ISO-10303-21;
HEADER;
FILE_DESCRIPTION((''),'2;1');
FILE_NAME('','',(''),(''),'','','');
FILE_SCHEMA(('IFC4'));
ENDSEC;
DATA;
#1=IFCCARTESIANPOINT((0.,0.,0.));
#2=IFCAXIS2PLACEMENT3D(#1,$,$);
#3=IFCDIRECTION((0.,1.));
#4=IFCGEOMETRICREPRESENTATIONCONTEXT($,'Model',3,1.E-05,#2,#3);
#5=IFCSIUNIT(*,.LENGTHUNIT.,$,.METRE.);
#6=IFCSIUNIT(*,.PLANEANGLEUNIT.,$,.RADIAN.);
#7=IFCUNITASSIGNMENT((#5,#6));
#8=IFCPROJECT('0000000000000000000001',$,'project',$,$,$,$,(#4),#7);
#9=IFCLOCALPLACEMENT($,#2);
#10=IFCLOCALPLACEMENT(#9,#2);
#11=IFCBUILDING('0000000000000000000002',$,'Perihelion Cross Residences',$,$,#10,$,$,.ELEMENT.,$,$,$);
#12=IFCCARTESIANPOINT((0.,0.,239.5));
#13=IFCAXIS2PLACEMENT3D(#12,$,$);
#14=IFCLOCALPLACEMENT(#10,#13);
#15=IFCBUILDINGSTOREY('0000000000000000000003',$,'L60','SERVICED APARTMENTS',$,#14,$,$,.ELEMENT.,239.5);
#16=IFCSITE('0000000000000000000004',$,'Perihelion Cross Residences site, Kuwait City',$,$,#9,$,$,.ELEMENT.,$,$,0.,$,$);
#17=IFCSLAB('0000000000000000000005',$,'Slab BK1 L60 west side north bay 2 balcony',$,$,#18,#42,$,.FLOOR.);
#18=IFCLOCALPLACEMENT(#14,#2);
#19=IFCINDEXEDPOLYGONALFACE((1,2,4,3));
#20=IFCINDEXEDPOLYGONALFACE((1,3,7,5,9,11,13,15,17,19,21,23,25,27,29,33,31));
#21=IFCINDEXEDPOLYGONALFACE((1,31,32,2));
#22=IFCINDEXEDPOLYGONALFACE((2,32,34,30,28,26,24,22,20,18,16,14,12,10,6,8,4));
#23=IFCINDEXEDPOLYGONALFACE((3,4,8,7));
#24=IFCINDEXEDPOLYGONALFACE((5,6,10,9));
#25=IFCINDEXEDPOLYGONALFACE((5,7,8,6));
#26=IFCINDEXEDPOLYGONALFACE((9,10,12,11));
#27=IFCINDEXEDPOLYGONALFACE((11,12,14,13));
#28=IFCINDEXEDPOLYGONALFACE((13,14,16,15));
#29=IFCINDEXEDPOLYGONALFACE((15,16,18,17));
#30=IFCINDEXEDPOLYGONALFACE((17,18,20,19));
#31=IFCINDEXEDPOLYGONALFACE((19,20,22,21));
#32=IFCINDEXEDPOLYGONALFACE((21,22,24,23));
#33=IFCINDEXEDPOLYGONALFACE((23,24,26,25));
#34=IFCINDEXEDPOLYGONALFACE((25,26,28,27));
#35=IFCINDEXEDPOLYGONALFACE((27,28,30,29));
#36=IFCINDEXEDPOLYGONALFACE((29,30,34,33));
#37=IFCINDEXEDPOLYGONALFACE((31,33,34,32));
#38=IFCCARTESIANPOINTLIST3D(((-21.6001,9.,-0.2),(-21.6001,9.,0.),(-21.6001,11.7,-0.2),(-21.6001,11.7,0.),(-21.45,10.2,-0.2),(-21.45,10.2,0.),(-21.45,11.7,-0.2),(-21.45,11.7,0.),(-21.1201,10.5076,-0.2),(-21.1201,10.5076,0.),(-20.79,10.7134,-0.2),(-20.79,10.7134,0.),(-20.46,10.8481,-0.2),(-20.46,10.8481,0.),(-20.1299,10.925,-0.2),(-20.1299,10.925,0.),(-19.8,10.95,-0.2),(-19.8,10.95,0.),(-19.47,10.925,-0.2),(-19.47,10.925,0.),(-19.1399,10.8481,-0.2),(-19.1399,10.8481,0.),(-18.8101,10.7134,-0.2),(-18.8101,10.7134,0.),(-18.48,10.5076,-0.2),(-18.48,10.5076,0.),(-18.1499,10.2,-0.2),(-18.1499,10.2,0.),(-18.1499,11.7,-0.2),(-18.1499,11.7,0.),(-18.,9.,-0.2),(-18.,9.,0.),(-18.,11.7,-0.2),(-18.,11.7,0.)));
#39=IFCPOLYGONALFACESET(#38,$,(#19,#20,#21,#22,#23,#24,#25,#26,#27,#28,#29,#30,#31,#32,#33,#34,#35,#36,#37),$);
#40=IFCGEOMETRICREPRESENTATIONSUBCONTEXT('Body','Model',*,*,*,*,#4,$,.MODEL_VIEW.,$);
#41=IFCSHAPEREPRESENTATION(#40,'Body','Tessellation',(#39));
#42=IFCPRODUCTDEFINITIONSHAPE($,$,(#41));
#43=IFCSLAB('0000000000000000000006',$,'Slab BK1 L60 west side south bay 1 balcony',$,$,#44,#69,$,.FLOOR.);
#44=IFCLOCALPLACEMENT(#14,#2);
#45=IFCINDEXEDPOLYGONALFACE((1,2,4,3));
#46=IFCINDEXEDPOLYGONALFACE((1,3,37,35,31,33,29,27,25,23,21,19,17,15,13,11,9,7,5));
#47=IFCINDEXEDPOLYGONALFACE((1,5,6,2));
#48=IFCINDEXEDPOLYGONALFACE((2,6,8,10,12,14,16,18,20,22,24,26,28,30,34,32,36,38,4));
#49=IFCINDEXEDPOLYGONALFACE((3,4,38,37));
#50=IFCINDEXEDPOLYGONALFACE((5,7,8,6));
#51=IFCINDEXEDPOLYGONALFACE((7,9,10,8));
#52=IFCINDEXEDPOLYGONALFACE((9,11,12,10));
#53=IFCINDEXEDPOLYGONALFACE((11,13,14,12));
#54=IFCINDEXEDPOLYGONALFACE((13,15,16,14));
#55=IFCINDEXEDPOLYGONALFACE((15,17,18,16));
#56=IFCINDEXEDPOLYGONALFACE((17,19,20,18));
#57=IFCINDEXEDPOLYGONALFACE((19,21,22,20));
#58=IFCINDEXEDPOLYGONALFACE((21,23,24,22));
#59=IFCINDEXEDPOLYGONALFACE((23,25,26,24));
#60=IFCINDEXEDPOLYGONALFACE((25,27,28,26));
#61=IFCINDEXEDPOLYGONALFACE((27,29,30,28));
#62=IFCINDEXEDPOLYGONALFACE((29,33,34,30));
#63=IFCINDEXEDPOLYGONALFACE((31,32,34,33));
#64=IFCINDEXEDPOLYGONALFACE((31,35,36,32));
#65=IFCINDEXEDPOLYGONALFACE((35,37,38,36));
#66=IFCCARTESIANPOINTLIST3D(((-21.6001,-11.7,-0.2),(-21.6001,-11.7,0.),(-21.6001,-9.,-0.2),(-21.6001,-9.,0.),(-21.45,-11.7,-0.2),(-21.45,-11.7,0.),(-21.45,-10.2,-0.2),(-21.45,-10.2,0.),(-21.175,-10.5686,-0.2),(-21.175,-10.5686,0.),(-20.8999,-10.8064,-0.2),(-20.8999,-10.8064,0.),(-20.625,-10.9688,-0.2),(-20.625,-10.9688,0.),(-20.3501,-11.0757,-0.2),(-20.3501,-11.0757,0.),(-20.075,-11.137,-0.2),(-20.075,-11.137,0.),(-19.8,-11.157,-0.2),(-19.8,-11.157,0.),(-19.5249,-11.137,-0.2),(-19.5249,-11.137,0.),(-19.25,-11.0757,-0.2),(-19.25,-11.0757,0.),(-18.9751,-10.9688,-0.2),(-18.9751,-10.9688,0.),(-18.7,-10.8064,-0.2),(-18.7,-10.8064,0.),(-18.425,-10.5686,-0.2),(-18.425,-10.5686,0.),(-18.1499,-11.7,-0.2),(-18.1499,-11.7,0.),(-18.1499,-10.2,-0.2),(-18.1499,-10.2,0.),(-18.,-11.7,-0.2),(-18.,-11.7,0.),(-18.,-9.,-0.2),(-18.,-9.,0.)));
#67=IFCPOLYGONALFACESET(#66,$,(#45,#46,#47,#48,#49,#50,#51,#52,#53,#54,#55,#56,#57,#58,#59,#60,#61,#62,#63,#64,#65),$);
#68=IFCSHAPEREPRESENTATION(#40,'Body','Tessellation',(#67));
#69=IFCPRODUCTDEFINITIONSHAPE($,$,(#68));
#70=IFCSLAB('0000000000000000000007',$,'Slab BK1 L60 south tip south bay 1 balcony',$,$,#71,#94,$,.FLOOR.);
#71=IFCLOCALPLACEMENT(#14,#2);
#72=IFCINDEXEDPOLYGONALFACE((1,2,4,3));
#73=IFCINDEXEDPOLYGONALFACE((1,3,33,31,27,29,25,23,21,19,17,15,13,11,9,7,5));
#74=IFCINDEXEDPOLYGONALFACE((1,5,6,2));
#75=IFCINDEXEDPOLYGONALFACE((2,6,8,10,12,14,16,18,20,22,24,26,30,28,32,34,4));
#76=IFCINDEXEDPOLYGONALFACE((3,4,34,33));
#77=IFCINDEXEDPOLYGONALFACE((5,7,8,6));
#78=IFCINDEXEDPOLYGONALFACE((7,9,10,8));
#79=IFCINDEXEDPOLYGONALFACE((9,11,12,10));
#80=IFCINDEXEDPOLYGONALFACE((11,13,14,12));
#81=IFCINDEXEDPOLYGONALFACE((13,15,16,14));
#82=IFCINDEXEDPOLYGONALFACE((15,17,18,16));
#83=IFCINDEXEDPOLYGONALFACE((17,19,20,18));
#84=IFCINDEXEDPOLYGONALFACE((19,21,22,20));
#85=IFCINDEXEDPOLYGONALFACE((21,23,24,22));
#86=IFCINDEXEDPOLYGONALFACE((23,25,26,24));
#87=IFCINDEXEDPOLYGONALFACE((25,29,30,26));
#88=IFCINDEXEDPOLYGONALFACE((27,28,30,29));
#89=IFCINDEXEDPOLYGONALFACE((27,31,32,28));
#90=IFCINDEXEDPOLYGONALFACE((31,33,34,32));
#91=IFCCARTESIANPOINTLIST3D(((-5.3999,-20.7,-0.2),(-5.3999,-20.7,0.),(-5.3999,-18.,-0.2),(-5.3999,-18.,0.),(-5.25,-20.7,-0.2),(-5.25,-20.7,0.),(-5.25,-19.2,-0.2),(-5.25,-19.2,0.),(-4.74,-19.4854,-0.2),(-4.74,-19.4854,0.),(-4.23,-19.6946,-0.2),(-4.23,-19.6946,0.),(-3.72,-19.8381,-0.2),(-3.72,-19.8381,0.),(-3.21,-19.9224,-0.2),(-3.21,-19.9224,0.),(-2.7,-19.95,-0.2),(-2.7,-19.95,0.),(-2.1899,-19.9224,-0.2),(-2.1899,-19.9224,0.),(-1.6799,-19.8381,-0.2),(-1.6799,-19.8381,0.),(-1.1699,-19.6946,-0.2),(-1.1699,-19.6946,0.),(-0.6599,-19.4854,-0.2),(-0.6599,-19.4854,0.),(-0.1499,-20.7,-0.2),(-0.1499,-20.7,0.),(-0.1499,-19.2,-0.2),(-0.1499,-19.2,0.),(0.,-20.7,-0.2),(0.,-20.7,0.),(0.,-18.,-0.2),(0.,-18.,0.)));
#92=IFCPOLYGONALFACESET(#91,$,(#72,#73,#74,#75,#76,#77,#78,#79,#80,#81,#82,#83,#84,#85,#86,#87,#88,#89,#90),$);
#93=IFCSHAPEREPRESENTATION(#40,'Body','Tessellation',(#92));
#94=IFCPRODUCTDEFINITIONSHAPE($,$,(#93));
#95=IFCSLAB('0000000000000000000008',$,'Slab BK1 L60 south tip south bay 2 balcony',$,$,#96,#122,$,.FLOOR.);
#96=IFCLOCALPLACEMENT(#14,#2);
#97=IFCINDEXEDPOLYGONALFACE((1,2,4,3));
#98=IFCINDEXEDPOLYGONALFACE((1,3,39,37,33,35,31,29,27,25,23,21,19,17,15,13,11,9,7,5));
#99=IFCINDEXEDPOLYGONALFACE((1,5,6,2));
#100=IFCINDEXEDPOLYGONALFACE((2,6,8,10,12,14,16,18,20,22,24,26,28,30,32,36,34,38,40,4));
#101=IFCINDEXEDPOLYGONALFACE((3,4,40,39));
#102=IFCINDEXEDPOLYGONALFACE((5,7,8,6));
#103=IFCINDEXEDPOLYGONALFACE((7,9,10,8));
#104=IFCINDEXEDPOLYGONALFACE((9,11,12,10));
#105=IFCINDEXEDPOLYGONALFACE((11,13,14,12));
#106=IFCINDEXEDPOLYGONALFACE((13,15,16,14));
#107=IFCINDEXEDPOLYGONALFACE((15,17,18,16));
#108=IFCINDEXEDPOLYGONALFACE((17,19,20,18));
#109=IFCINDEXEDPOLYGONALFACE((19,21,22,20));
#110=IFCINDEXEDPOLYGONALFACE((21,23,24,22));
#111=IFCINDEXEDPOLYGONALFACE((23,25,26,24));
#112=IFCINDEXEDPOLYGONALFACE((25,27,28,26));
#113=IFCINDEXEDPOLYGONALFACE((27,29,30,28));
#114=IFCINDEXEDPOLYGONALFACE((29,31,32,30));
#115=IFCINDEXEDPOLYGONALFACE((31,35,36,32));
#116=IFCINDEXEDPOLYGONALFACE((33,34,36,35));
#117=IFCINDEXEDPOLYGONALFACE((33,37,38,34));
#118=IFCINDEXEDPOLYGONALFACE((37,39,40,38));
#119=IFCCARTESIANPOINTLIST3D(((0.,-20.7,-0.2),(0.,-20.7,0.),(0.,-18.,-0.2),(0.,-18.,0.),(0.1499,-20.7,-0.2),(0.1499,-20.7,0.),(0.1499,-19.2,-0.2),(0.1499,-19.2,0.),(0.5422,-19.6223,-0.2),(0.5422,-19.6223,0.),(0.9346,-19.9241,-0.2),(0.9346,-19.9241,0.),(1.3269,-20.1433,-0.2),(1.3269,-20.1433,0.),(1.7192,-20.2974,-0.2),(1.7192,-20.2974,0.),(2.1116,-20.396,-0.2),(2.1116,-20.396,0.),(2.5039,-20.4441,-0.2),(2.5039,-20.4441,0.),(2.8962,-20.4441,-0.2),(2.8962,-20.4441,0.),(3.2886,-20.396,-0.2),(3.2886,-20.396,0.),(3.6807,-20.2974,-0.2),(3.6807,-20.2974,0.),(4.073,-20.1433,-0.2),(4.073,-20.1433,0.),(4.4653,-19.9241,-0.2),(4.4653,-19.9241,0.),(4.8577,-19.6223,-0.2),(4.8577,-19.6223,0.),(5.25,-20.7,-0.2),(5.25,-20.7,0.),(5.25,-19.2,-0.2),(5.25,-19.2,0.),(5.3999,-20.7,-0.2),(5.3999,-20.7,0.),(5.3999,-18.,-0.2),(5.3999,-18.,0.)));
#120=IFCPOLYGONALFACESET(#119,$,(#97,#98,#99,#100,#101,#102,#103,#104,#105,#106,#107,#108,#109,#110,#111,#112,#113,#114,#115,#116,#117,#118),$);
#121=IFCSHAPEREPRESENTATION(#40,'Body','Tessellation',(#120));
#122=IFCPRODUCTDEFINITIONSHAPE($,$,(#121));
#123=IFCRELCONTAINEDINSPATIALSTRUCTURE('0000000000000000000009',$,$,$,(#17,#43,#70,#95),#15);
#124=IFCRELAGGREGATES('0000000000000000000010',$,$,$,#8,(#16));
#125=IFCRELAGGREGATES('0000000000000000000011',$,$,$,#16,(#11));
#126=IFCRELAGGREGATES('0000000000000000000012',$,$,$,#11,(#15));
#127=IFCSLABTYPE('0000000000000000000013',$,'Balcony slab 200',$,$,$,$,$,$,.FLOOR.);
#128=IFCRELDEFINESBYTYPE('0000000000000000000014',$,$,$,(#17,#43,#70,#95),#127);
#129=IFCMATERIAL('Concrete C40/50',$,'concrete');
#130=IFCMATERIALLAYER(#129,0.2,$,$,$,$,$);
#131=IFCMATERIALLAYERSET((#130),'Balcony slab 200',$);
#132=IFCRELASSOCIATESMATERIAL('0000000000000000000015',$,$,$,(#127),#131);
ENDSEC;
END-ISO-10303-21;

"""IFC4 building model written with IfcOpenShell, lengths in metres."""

from ifc_helpers import new_model, si_unit, direction, frame, origin, place, context, subcontext, project, spatial, polyline, outline, extrude, material, layer, layer_set, type_object, element, save


model = new_model("IFC4")

# Units and contexts
model_context = context("Model", 3, precision=1e-05, world=origin(), true_north=direction((0.0, 1.0)))
body_context = subcontext(model_context, "Body", "Model", "MODEL_VIEW")
ifc_project = project(units=[si_unit("LENGTHUNIT", "METRE"), si_unit("PLANEANGLEUNIT", "RADIAN")], contexts=[model_context])

# Site, building, storey
site_placement = place(None, origin())
site = spatial("IfcSite", under=ifc_project, at=site_placement, Name="Perihelion Cross Residences site, Kuwait City", CompositionType="ELEMENT", RefElevation=0.0)
building_placement = place(site_placement, origin())
building = spatial("IfcBuilding", under=site, at=building_placement, Name="Perihelion Cross Residences", CompositionType="ELEMENT")
storey_placement = place(building_placement, frame((0.0, 0.0, 239.5)))
storey = spatial("IfcBuildingStorey", under=building, at=storey_placement, Name="L60", Description="SERVICED APARTMENTS", CompositionType="ELEMENT", Elevation=239.5)

# Slabs
ifc_material_1 = material(Name="Concrete C40/50", Category="concrete")
ifc_layer_1 = layer(ifc_material_1, 0.2)
ifc_layer_set_1 = layer_set([ifc_layer_1], Name="Balcony slab 200")
slab_type_1 = type_object("IfcSlabType", Name="Balcony slab 200", PredefinedType="FLOOR", material=ifc_layer_set_1)
slab_1_placement = place(storey_placement, frame((0.0, 0.0, -0.2)))
element("IfcSlab", 1, at=slab_1_placement, inside=storey, type_object=slab_type_1, Name="Slab BK1 L60 west side north bay 2 balcony", PredefinedType="FLOOR", context=body_context, shape_type="SweptSolid", body=[
    extrude(outline(polyline([(-18.0, 9.0), (-21.6001, 9.0), (-21.6001, 11.7), (-21.45, 11.7), (-21.45, 10.2), (-21.1201, 10.5076), (-20.79, 10.7134), (-20.46, 10.8481), (-20.1299, 10.925), (-19.8, 10.95), (-19.47, 10.925), (-19.1399, 10.8481), (-18.8101, 10.7134), (-18.48, 10.5076), (-18.1499, 10.2), (-18.1499, 11.7), (-18.0, 11.7), (-18.0, 9.0)])), origin(), (0.0, 0.0, 1.0), 0.2),
])
slab_2_placement = place(storey_placement, frame((0.0, 0.0, -0.2)))
element("IfcSlab", 2, at=slab_2_placement, inside=storey, type_object=slab_type_1, Name="Slab BK1 L60 west side south bay 1 balcony", PredefinedType="FLOOR", context=body_context, shape_type="SweptSolid", body=[
    extrude(outline(polyline([(-21.6001, -9.0), (-18.0, -9.0), (-18.0, -11.7), (-18.1499, -11.7), (-18.1499, -10.2), (-18.425, -10.5686), (-18.7, -10.8064), (-18.9751, -10.9688), (-19.25, -11.0757), (-19.5249, -11.137), (-19.8, -11.157), (-20.075, -11.137), (-20.3501, -11.0757), (-20.625, -10.9688), (-20.8999, -10.8064), (-21.175, -10.5686), (-21.45, -10.2), (-21.45, -11.7), (-21.6001, -11.7), (-21.6001, -9.0)])), origin(), (0.0, 0.0, 1.0), 0.2),
])
slab_3_placement = place(storey_placement, frame((0.0, 0.0, -0.2)))
element("IfcSlab", 3, at=slab_3_placement, inside=storey, type_object=slab_type_1, Name="Slab BK1 L60 south tip south bay 1 balcony", PredefinedType="FLOOR", context=body_context, shape_type="SweptSolid", body=[
    extrude(outline(polyline([(-5.3999, -18.0), (0.0, -18.0), (0.0, -20.7), (-0.1499, -20.7), (-0.1499, -19.2), (-0.6599, -19.4854), (-1.1699, -19.6946), (-1.6799, -19.8381), (-2.1899, -19.9224), (-2.7, -19.95), (-3.21, -19.9224), (-3.72, -19.8381), (-4.23, -19.6946), (-4.74, -19.4854), (-5.25, -19.2), (-5.25, -20.7), (-5.3999, -20.7), (-5.3999, -18.0)])), origin(), (0.0, 0.0, 1.0), 0.2),
])
slab_4_placement = place(storey_placement, frame((0.0, 0.0, -0.2)))
element("IfcSlab", 4, at=slab_4_placement, inside=storey, type_object=slab_type_1, Name="Slab BK1 L60 south tip south bay 2 balcony", PredefinedType="FLOOR", context=body_context, shape_type="SweptSolid", body=[
    extrude(outline(polyline([(0.0, -18.0), (5.3999, -18.0), (5.3999, -20.7), (5.25, -20.7), (5.25, -19.2), (4.8577, -19.6223), (4.4653, -19.9241), (4.073, -20.1433), (3.6807, -20.2974), (3.2886, -20.396), (2.8962, -20.4441), (2.5039, -20.4441), (2.1116, -20.396), (1.7192, -20.2974), (1.3269, -20.1433), (0.9346, -19.9241), (0.5422, -19.6223), (0.1499, -19.2), (0.1499, -20.7), (0.0, -20.7), (0.0, -18.0)])), origin(), (0.0, 0.0, 1.0), 0.2),
])

save(model, "model.ifc")
